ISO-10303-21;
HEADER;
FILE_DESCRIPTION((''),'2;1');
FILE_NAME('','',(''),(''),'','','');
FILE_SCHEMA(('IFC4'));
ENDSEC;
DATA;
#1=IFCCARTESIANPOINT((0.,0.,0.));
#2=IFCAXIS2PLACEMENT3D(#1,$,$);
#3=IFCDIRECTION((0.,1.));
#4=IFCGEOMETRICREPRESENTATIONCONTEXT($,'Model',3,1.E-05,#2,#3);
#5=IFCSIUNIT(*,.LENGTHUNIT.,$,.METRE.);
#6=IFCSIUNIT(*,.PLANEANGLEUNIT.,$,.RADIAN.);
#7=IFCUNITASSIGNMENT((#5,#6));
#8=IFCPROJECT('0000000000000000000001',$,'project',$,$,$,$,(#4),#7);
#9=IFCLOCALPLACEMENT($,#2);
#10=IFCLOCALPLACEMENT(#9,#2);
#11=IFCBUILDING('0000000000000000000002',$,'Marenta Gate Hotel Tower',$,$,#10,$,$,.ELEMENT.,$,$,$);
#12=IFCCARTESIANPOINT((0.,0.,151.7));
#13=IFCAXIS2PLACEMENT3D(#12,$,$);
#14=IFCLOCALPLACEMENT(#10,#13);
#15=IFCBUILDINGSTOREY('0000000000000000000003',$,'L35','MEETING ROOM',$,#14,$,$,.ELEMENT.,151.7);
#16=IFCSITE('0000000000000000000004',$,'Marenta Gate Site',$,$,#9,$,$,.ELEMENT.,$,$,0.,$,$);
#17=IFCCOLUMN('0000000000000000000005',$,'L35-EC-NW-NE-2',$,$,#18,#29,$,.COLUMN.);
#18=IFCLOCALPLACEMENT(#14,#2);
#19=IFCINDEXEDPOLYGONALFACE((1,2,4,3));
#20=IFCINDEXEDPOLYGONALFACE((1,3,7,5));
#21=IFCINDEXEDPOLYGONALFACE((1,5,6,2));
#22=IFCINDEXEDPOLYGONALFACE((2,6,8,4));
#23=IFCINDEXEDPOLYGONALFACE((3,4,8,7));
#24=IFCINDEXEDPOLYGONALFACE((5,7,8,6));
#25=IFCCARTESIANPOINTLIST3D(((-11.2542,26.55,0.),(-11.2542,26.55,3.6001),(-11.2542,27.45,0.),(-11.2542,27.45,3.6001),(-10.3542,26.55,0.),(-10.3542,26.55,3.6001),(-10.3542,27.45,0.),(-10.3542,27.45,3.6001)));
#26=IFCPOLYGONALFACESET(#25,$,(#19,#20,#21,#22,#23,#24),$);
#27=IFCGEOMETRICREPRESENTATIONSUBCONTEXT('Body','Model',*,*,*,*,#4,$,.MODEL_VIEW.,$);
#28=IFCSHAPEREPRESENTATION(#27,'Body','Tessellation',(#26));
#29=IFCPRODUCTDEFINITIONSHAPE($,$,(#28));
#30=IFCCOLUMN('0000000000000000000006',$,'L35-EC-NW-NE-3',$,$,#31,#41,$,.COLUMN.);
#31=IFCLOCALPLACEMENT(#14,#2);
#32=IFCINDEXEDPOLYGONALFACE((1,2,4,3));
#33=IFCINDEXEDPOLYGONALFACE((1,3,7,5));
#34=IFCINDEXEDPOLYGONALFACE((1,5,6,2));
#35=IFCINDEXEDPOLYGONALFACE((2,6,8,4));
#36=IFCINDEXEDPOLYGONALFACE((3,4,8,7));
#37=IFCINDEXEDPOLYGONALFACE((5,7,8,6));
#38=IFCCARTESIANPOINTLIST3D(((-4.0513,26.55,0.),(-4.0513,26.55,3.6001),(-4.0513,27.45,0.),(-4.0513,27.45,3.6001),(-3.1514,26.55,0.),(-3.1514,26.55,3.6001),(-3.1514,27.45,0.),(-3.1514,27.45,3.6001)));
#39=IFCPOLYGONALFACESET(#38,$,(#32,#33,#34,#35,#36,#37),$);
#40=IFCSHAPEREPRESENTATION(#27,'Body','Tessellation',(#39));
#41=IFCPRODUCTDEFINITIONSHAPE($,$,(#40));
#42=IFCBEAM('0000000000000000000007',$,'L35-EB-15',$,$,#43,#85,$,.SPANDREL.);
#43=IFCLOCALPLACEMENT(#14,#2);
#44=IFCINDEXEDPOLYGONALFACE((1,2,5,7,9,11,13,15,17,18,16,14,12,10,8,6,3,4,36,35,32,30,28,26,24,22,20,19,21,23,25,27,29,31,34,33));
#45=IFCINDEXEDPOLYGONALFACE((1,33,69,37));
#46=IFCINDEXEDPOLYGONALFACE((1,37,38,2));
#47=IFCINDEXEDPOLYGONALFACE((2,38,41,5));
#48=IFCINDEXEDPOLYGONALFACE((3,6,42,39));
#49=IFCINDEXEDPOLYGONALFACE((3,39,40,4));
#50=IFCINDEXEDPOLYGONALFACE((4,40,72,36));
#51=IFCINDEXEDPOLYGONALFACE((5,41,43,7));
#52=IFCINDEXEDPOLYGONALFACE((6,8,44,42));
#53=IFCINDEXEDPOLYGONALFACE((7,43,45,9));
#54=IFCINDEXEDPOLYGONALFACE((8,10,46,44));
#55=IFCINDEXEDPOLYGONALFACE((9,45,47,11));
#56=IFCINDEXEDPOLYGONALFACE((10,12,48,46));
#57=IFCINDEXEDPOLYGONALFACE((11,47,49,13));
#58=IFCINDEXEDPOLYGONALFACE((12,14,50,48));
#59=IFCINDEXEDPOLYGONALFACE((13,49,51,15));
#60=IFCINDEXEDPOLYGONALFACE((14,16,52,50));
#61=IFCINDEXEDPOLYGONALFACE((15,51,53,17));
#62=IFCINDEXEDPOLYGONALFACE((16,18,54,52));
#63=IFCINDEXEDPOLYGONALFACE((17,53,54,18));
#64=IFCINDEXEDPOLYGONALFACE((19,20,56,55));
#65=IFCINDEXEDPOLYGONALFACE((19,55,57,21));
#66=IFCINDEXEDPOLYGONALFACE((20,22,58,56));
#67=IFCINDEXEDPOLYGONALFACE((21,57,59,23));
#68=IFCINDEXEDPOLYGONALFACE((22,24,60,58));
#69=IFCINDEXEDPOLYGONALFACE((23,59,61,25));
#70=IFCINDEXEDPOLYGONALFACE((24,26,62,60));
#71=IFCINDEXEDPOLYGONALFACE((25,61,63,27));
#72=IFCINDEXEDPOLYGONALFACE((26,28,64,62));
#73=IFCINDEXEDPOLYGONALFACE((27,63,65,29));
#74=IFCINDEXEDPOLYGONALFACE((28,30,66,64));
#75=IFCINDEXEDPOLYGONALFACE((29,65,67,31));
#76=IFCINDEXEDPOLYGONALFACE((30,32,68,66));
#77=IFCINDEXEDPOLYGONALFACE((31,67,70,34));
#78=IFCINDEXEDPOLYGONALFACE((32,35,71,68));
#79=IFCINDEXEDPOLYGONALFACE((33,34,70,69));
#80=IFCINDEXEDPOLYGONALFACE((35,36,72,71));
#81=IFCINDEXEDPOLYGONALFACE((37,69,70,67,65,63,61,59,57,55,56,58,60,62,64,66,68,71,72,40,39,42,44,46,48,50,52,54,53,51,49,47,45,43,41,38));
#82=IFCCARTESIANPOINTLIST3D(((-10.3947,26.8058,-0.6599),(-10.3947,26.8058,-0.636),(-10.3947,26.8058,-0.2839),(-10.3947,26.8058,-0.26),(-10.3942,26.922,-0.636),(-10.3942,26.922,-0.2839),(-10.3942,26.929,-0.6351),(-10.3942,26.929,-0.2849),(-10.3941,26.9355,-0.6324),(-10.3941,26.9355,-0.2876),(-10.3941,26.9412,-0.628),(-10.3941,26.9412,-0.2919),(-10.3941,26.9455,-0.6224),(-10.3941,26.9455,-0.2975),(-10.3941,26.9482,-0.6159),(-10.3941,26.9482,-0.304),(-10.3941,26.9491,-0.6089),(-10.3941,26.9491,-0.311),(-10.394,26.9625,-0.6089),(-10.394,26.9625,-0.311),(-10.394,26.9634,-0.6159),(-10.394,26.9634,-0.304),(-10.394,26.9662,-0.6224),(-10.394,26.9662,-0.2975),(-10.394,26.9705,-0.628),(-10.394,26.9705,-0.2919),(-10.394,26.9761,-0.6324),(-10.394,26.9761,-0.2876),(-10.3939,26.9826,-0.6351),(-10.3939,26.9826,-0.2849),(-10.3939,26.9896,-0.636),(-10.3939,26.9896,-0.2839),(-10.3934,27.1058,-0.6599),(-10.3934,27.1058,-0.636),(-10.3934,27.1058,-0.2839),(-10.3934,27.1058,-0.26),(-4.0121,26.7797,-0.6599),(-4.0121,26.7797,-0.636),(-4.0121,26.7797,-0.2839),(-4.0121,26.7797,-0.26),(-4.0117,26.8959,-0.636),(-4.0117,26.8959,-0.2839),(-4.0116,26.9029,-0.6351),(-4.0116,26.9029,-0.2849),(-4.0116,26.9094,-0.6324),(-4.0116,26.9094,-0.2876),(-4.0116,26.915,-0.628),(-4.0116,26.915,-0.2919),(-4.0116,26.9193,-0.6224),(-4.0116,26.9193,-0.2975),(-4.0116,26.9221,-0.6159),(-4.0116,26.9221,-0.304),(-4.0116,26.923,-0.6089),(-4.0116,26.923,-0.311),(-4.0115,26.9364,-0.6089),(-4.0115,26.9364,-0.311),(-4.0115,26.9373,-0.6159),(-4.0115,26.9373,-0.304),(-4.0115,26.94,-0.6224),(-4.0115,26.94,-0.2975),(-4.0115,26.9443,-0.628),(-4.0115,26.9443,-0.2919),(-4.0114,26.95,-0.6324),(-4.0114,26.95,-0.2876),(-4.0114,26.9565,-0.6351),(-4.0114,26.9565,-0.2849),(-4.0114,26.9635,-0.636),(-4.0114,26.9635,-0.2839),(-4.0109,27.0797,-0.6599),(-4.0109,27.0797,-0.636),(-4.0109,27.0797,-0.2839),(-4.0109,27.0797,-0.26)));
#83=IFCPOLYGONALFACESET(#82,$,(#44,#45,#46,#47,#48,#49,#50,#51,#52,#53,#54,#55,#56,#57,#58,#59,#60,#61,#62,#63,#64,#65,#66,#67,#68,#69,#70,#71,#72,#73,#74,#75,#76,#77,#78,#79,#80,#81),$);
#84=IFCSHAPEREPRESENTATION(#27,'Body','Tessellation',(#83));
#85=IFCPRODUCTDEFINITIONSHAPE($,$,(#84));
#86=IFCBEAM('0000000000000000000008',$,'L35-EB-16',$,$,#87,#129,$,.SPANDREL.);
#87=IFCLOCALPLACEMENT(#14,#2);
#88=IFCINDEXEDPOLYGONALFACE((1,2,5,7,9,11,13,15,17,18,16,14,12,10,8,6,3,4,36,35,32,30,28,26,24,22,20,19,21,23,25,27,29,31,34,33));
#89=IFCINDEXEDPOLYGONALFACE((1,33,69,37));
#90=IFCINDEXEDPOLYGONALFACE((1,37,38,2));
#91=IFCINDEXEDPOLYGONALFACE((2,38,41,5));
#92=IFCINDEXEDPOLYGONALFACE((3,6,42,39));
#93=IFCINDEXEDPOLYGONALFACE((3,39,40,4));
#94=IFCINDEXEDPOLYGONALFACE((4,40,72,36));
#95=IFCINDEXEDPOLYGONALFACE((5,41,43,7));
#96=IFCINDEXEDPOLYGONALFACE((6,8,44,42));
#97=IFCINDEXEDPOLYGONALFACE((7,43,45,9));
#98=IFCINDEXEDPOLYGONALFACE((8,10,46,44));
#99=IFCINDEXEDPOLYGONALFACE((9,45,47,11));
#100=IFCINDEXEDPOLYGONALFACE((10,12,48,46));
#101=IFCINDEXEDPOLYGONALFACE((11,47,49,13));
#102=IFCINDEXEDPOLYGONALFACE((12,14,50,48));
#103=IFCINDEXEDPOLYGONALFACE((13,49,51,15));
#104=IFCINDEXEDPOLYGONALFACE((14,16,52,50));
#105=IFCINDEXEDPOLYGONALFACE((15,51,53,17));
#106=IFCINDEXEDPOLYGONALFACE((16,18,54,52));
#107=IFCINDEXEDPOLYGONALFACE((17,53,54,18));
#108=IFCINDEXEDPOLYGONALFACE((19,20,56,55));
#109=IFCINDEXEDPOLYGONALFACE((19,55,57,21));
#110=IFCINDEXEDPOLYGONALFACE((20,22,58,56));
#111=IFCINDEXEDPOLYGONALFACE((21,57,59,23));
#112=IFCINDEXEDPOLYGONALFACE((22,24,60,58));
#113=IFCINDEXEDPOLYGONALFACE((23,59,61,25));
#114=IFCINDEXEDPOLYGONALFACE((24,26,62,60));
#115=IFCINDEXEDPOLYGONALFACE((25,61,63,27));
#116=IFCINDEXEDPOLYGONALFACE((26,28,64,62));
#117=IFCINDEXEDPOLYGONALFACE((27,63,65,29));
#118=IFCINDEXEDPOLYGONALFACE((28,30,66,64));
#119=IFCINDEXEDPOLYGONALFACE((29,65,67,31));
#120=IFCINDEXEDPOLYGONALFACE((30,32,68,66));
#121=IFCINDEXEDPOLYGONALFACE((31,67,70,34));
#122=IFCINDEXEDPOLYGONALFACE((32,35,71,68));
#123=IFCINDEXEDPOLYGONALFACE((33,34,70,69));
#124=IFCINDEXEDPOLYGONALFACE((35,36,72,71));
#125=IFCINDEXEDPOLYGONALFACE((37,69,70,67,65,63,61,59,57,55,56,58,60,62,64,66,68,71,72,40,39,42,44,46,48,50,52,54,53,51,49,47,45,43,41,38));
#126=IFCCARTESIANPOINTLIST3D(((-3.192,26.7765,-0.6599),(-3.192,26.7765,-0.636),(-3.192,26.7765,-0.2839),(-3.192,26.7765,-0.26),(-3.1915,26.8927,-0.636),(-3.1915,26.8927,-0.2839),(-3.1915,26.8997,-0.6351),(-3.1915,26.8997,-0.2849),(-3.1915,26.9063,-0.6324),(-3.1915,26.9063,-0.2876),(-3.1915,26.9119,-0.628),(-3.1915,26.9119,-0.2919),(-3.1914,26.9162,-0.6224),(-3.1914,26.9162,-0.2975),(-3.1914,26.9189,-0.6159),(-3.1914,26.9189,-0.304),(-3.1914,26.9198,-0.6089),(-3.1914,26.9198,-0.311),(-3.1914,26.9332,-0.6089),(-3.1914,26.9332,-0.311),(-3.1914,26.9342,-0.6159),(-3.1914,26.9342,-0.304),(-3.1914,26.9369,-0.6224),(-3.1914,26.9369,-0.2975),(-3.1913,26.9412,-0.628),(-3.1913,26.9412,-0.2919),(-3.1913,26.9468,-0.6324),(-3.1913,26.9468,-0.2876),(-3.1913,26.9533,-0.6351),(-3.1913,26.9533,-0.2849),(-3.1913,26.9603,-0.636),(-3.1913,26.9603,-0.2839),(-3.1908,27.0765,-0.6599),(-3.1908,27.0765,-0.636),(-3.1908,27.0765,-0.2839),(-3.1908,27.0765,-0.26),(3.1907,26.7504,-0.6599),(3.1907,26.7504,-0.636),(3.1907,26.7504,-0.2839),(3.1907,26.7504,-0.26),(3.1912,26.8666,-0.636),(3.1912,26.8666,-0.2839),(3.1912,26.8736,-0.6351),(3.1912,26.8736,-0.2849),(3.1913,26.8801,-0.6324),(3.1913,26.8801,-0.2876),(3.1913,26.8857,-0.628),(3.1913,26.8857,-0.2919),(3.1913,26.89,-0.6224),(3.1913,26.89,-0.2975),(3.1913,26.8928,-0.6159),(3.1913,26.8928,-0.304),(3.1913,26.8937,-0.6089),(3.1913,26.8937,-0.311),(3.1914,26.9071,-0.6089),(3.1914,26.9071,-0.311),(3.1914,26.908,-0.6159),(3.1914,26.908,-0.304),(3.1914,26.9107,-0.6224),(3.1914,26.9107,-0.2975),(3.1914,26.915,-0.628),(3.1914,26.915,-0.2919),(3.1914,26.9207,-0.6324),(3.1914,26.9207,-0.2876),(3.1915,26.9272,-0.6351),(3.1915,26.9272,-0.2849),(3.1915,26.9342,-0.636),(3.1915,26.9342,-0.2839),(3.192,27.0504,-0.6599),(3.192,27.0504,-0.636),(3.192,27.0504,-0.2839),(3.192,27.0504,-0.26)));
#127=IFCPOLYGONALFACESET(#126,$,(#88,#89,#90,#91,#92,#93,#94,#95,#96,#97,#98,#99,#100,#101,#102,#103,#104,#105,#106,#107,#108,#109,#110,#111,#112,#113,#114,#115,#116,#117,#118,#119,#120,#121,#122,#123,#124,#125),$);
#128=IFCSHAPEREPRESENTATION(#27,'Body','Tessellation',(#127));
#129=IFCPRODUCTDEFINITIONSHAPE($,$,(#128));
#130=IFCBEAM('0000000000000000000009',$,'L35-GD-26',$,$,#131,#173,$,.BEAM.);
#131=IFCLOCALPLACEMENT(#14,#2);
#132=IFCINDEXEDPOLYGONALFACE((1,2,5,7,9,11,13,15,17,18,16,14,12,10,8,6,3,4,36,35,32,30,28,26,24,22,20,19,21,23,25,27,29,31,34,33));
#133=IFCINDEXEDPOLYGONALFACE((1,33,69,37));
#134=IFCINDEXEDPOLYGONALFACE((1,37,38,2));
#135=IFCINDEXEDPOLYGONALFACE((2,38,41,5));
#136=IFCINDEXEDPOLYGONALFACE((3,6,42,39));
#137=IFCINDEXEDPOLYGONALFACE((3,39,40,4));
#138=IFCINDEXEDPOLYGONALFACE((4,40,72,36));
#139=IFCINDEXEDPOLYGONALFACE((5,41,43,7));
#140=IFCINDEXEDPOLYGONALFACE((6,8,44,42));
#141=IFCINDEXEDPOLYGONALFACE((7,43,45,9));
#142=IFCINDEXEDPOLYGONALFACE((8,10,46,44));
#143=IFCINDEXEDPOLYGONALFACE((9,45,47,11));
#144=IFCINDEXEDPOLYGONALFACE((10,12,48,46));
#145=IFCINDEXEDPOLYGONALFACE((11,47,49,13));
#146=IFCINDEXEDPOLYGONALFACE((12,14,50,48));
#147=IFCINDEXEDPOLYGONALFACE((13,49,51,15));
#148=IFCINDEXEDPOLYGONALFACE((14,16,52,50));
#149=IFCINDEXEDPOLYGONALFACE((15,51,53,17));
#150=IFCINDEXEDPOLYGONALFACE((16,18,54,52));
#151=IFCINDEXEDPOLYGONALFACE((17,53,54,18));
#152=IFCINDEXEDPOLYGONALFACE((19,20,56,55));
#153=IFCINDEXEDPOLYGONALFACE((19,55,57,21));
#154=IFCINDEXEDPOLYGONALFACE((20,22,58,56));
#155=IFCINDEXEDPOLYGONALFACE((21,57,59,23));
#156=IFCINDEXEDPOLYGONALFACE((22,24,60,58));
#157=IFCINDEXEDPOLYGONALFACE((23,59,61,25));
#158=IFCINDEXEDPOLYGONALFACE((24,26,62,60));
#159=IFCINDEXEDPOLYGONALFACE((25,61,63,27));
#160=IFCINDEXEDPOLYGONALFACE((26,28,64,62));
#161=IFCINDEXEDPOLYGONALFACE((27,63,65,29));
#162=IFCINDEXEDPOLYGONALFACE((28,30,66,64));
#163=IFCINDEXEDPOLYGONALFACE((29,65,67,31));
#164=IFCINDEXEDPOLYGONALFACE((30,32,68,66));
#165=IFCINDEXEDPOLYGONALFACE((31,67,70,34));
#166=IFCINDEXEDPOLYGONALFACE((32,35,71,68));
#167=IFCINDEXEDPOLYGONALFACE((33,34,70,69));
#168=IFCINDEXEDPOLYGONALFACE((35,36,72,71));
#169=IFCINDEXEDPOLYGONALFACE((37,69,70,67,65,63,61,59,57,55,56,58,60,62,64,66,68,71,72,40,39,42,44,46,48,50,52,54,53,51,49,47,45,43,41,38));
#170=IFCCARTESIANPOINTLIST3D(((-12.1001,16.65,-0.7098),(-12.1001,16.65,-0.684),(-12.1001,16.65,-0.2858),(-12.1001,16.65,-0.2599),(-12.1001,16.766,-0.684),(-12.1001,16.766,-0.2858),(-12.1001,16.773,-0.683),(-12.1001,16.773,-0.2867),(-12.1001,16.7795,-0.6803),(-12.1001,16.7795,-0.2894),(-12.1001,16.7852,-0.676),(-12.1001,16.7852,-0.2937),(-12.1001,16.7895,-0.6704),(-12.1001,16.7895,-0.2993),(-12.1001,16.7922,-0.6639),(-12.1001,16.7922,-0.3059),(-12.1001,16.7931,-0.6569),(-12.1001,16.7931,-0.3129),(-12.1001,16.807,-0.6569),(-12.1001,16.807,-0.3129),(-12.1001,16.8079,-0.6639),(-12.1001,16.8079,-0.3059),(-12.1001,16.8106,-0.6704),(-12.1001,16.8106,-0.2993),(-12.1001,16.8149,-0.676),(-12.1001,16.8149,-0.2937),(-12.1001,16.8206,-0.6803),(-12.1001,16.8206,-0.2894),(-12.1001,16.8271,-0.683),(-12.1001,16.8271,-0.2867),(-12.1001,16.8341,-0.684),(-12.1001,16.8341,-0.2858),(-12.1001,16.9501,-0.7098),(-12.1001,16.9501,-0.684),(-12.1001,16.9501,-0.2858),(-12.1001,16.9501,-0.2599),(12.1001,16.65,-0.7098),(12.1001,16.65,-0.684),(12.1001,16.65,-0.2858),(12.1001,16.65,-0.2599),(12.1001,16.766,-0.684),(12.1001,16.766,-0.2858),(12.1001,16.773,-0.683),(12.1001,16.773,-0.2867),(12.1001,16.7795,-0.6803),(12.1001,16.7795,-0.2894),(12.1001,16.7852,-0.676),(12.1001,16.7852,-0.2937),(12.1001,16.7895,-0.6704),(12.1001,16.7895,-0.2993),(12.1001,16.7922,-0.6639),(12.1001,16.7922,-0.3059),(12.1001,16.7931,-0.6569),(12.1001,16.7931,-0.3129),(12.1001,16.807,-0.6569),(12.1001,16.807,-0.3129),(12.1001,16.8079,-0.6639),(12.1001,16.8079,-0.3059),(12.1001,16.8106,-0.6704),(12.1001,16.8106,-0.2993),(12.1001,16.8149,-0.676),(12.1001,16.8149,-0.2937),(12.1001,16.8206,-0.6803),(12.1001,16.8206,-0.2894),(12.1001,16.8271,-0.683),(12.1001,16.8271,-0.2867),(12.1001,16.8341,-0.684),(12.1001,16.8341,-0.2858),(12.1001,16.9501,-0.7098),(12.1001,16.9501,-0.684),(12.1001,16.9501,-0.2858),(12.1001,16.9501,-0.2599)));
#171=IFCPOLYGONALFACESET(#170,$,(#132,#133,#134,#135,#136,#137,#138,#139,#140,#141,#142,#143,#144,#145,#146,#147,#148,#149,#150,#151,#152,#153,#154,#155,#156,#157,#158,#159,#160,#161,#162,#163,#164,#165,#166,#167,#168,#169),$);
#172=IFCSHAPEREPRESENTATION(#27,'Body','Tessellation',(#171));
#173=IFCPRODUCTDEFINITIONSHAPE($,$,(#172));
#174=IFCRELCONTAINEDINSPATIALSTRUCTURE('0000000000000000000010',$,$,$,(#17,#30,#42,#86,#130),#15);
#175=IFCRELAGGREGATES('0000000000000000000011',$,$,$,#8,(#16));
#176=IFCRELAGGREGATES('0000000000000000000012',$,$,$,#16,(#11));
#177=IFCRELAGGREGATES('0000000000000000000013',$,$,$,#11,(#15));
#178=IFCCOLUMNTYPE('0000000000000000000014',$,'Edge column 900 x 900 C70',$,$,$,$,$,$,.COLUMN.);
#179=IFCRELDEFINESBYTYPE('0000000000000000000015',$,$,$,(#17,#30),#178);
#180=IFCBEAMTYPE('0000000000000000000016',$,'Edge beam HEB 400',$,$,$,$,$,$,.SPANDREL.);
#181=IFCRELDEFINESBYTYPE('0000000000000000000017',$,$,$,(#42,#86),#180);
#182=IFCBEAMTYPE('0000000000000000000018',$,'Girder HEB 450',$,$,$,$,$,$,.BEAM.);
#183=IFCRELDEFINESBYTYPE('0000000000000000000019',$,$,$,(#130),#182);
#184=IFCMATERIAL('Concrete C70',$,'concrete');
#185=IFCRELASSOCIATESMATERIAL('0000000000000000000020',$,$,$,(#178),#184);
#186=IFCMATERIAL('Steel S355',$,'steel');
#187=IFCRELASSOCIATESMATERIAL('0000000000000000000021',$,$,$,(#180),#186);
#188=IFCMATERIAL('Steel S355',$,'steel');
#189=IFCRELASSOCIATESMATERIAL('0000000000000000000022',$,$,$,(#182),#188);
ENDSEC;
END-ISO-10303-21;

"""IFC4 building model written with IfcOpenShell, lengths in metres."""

from ifc_helpers import new_model, si_unit, direction, frame, origin, origin_2d, place, context, subcontext, project, spatial, rectangle, i_section, extrude, material, material_profile, profile_set, type_object, element, save


model = new_model("IFC4")

# Units and contexts
model_context = context("Model", 3, precision=1e-05, world=origin(), true_north=direction((0.0, 1.0)))
body_context = subcontext(model_context, "Body", "Model", "MODEL_VIEW")
ifc_project = project(units=[si_unit("LENGTHUNIT", "METRE"), si_unit("PLANEANGLEUNIT", "RADIAN")], contexts=[model_context])

# Site, building, storey
site_placement = place(None, origin())
site = spatial("IfcSite", under=ifc_project, at=site_placement, Name="Marenta Gate Site", CompositionType="ELEMENT", RefElevation=0.0)
building_placement = place(site_placement, origin())
building = spatial("IfcBuilding", under=site, at=building_placement, Name="Marenta Gate Hotel Tower", CompositionType="ELEMENT")
storey_placement = place(building_placement, frame((0.0, 0.0, 151.7)))
storey = spatial("IfcBuildingStorey", under=building, at=storey_placement, Name="L35", Description="MEETING ROOM", CompositionType="ELEMENT", Elevation=151.7)

# Columns
ifc_material_1 = material(Name="Concrete C70", Category="concrete")
ifc_material_profile_1 = material_profile(ifc_material_1, rectangle(XDim=0.8999, YDim=0.8999, at=origin_2d()), Name="900 x 900")
ifc_profile_set_1 = profile_set([ifc_material_profile_1], Name="Concrete C70")
column_type = type_object("IfcColumnType", Name="Edge column 900 x 900 C70", PredefinedType="COLUMN", material=ifc_profile_set_1)
for number, where, z_axis, x_axis, name in (
    (1, (-10.8042, 27.0, 0.0), (0.0, 0.0, 1.0), (1.0, 0.0, 0.0), "L35-EC-NW-NE-2"),
    (2, (-3.6013, 27.0, 0.0), (0.0, 0.0, 1.0), (1.0, 0.0, 0.0), "L35-EC-NW-NE-3"),
):
    element("IfcColumn", number, at=place(storey_placement, frame(where, z_axis=z_axis, x_axis=x_axis)), inside=storey, type_object=column_type, Name=name, PredefinedType="COLUMN", context=body_context, shape_type="SweptSolid", body=[
        extrude(rectangle(XDim=0.8999, YDim=0.8999, at=origin_2d()), origin(), (0.0, 0.0, 1.0), 3.6001),
    ])

# Beams
ifc_material_2 = material(Name="Steel S355", Category="steel")
ifc_material_profile_2 = material_profile(ifc_material_2, i_section(OverallWidth=0.3, OverallDepth=0.3999, WebThickness=0.0134, FlangeThickness=0.0239, FilletRadius=0.0271, at=origin_2d()), Name="HEB 400")
ifc_profile_set_2 = profile_set([ifc_material_profile_2], Name="Steel S355")
beam_type_1 = type_object("IfcBeamType", Name="Edge beam HEB 400", PredefinedType="SPANDREL", material=ifc_profile_set_2)
beam_1_placement = place(storey_placement, frame((-10.394, 26.9558, -0.46), z_axis=(0.999992, -0.004093, 0.0), x_axis=(0.004093, 0.999992, 0.0)))
element("IfcBeam", 3, at=beam_1_placement, inside=storey, type_object=beam_type_1, Name="L35-EB-15", PredefinedType="SPANDREL", context=body_context, shape_type="SweptSolid", body=[
    extrude(i_section(OverallWidth=0.3, OverallDepth=0.3999, WebThickness=0.0134, FlangeThickness=0.0239, FilletRadius=0.0271, at=origin_2d()), origin(), (0.0, 0.0, 1.0), 6.3826),
])
beam_2_placement = place(storey_placement, frame((-3.1914, 26.9265, -0.46), z_axis=(0.999992, -0.004093, 0.0), x_axis=(0.004093, 0.999992, 0.0)))
element("IfcBeam", 4, at=beam_2_placement, inside=storey, type_object=beam_type_1, Name="L35-EB-16", PredefinedType="SPANDREL", context=body_context, shape_type="SweptSolid", body=[
    extrude(i_section(OverallWidth=0.3, OverallDepth=0.3999, WebThickness=0.0134, FlangeThickness=0.0239, FilletRadius=0.0271, at=origin_2d()), origin(), (0.0, 0.0, 1.0), 6.3828),
])
ifc_material_3 = material(Name="Steel S355", Category="steel")
ifc_material_profile_3 = material_profile(ifc_material_3, i_section(OverallWidth=0.3, OverallDepth=0.45, WebThickness=0.0139, FlangeThickness=0.0259, FilletRadius=0.0271, at=origin_2d()), Name="HEB 450")
ifc_profile_set_3 = profile_set([ifc_material_profile_3], Name="Steel S355")
beam_type_2 = type_object("IfcBeamType", Name="Girder HEB 450", PredefinedType="BEAM", material=ifc_profile_set_3)
beam_3_placement = place(storey_placement, frame((-12.1001, 16.8, -0.4849), z_axis=(1.0, 0.0, 0.0), x_axis=(0.0, 1.0, 0.0)))
element("IfcBeam", 5, at=beam_3_placement, inside=storey, type_object=beam_type_2, Name="L35-GD-26", PredefinedType="BEAM", context=body_context, shape_type="SweptSolid", body=[
    extrude(i_section(OverallWidth=0.3, OverallDepth=0.45, WebThickness=0.0139, FlangeThickness=0.0259, FilletRadius=0.0271, at=origin_2d()), origin(), (0.0, 0.0, 1.0), 24.2002),
])

save(model, "model.ifc")
